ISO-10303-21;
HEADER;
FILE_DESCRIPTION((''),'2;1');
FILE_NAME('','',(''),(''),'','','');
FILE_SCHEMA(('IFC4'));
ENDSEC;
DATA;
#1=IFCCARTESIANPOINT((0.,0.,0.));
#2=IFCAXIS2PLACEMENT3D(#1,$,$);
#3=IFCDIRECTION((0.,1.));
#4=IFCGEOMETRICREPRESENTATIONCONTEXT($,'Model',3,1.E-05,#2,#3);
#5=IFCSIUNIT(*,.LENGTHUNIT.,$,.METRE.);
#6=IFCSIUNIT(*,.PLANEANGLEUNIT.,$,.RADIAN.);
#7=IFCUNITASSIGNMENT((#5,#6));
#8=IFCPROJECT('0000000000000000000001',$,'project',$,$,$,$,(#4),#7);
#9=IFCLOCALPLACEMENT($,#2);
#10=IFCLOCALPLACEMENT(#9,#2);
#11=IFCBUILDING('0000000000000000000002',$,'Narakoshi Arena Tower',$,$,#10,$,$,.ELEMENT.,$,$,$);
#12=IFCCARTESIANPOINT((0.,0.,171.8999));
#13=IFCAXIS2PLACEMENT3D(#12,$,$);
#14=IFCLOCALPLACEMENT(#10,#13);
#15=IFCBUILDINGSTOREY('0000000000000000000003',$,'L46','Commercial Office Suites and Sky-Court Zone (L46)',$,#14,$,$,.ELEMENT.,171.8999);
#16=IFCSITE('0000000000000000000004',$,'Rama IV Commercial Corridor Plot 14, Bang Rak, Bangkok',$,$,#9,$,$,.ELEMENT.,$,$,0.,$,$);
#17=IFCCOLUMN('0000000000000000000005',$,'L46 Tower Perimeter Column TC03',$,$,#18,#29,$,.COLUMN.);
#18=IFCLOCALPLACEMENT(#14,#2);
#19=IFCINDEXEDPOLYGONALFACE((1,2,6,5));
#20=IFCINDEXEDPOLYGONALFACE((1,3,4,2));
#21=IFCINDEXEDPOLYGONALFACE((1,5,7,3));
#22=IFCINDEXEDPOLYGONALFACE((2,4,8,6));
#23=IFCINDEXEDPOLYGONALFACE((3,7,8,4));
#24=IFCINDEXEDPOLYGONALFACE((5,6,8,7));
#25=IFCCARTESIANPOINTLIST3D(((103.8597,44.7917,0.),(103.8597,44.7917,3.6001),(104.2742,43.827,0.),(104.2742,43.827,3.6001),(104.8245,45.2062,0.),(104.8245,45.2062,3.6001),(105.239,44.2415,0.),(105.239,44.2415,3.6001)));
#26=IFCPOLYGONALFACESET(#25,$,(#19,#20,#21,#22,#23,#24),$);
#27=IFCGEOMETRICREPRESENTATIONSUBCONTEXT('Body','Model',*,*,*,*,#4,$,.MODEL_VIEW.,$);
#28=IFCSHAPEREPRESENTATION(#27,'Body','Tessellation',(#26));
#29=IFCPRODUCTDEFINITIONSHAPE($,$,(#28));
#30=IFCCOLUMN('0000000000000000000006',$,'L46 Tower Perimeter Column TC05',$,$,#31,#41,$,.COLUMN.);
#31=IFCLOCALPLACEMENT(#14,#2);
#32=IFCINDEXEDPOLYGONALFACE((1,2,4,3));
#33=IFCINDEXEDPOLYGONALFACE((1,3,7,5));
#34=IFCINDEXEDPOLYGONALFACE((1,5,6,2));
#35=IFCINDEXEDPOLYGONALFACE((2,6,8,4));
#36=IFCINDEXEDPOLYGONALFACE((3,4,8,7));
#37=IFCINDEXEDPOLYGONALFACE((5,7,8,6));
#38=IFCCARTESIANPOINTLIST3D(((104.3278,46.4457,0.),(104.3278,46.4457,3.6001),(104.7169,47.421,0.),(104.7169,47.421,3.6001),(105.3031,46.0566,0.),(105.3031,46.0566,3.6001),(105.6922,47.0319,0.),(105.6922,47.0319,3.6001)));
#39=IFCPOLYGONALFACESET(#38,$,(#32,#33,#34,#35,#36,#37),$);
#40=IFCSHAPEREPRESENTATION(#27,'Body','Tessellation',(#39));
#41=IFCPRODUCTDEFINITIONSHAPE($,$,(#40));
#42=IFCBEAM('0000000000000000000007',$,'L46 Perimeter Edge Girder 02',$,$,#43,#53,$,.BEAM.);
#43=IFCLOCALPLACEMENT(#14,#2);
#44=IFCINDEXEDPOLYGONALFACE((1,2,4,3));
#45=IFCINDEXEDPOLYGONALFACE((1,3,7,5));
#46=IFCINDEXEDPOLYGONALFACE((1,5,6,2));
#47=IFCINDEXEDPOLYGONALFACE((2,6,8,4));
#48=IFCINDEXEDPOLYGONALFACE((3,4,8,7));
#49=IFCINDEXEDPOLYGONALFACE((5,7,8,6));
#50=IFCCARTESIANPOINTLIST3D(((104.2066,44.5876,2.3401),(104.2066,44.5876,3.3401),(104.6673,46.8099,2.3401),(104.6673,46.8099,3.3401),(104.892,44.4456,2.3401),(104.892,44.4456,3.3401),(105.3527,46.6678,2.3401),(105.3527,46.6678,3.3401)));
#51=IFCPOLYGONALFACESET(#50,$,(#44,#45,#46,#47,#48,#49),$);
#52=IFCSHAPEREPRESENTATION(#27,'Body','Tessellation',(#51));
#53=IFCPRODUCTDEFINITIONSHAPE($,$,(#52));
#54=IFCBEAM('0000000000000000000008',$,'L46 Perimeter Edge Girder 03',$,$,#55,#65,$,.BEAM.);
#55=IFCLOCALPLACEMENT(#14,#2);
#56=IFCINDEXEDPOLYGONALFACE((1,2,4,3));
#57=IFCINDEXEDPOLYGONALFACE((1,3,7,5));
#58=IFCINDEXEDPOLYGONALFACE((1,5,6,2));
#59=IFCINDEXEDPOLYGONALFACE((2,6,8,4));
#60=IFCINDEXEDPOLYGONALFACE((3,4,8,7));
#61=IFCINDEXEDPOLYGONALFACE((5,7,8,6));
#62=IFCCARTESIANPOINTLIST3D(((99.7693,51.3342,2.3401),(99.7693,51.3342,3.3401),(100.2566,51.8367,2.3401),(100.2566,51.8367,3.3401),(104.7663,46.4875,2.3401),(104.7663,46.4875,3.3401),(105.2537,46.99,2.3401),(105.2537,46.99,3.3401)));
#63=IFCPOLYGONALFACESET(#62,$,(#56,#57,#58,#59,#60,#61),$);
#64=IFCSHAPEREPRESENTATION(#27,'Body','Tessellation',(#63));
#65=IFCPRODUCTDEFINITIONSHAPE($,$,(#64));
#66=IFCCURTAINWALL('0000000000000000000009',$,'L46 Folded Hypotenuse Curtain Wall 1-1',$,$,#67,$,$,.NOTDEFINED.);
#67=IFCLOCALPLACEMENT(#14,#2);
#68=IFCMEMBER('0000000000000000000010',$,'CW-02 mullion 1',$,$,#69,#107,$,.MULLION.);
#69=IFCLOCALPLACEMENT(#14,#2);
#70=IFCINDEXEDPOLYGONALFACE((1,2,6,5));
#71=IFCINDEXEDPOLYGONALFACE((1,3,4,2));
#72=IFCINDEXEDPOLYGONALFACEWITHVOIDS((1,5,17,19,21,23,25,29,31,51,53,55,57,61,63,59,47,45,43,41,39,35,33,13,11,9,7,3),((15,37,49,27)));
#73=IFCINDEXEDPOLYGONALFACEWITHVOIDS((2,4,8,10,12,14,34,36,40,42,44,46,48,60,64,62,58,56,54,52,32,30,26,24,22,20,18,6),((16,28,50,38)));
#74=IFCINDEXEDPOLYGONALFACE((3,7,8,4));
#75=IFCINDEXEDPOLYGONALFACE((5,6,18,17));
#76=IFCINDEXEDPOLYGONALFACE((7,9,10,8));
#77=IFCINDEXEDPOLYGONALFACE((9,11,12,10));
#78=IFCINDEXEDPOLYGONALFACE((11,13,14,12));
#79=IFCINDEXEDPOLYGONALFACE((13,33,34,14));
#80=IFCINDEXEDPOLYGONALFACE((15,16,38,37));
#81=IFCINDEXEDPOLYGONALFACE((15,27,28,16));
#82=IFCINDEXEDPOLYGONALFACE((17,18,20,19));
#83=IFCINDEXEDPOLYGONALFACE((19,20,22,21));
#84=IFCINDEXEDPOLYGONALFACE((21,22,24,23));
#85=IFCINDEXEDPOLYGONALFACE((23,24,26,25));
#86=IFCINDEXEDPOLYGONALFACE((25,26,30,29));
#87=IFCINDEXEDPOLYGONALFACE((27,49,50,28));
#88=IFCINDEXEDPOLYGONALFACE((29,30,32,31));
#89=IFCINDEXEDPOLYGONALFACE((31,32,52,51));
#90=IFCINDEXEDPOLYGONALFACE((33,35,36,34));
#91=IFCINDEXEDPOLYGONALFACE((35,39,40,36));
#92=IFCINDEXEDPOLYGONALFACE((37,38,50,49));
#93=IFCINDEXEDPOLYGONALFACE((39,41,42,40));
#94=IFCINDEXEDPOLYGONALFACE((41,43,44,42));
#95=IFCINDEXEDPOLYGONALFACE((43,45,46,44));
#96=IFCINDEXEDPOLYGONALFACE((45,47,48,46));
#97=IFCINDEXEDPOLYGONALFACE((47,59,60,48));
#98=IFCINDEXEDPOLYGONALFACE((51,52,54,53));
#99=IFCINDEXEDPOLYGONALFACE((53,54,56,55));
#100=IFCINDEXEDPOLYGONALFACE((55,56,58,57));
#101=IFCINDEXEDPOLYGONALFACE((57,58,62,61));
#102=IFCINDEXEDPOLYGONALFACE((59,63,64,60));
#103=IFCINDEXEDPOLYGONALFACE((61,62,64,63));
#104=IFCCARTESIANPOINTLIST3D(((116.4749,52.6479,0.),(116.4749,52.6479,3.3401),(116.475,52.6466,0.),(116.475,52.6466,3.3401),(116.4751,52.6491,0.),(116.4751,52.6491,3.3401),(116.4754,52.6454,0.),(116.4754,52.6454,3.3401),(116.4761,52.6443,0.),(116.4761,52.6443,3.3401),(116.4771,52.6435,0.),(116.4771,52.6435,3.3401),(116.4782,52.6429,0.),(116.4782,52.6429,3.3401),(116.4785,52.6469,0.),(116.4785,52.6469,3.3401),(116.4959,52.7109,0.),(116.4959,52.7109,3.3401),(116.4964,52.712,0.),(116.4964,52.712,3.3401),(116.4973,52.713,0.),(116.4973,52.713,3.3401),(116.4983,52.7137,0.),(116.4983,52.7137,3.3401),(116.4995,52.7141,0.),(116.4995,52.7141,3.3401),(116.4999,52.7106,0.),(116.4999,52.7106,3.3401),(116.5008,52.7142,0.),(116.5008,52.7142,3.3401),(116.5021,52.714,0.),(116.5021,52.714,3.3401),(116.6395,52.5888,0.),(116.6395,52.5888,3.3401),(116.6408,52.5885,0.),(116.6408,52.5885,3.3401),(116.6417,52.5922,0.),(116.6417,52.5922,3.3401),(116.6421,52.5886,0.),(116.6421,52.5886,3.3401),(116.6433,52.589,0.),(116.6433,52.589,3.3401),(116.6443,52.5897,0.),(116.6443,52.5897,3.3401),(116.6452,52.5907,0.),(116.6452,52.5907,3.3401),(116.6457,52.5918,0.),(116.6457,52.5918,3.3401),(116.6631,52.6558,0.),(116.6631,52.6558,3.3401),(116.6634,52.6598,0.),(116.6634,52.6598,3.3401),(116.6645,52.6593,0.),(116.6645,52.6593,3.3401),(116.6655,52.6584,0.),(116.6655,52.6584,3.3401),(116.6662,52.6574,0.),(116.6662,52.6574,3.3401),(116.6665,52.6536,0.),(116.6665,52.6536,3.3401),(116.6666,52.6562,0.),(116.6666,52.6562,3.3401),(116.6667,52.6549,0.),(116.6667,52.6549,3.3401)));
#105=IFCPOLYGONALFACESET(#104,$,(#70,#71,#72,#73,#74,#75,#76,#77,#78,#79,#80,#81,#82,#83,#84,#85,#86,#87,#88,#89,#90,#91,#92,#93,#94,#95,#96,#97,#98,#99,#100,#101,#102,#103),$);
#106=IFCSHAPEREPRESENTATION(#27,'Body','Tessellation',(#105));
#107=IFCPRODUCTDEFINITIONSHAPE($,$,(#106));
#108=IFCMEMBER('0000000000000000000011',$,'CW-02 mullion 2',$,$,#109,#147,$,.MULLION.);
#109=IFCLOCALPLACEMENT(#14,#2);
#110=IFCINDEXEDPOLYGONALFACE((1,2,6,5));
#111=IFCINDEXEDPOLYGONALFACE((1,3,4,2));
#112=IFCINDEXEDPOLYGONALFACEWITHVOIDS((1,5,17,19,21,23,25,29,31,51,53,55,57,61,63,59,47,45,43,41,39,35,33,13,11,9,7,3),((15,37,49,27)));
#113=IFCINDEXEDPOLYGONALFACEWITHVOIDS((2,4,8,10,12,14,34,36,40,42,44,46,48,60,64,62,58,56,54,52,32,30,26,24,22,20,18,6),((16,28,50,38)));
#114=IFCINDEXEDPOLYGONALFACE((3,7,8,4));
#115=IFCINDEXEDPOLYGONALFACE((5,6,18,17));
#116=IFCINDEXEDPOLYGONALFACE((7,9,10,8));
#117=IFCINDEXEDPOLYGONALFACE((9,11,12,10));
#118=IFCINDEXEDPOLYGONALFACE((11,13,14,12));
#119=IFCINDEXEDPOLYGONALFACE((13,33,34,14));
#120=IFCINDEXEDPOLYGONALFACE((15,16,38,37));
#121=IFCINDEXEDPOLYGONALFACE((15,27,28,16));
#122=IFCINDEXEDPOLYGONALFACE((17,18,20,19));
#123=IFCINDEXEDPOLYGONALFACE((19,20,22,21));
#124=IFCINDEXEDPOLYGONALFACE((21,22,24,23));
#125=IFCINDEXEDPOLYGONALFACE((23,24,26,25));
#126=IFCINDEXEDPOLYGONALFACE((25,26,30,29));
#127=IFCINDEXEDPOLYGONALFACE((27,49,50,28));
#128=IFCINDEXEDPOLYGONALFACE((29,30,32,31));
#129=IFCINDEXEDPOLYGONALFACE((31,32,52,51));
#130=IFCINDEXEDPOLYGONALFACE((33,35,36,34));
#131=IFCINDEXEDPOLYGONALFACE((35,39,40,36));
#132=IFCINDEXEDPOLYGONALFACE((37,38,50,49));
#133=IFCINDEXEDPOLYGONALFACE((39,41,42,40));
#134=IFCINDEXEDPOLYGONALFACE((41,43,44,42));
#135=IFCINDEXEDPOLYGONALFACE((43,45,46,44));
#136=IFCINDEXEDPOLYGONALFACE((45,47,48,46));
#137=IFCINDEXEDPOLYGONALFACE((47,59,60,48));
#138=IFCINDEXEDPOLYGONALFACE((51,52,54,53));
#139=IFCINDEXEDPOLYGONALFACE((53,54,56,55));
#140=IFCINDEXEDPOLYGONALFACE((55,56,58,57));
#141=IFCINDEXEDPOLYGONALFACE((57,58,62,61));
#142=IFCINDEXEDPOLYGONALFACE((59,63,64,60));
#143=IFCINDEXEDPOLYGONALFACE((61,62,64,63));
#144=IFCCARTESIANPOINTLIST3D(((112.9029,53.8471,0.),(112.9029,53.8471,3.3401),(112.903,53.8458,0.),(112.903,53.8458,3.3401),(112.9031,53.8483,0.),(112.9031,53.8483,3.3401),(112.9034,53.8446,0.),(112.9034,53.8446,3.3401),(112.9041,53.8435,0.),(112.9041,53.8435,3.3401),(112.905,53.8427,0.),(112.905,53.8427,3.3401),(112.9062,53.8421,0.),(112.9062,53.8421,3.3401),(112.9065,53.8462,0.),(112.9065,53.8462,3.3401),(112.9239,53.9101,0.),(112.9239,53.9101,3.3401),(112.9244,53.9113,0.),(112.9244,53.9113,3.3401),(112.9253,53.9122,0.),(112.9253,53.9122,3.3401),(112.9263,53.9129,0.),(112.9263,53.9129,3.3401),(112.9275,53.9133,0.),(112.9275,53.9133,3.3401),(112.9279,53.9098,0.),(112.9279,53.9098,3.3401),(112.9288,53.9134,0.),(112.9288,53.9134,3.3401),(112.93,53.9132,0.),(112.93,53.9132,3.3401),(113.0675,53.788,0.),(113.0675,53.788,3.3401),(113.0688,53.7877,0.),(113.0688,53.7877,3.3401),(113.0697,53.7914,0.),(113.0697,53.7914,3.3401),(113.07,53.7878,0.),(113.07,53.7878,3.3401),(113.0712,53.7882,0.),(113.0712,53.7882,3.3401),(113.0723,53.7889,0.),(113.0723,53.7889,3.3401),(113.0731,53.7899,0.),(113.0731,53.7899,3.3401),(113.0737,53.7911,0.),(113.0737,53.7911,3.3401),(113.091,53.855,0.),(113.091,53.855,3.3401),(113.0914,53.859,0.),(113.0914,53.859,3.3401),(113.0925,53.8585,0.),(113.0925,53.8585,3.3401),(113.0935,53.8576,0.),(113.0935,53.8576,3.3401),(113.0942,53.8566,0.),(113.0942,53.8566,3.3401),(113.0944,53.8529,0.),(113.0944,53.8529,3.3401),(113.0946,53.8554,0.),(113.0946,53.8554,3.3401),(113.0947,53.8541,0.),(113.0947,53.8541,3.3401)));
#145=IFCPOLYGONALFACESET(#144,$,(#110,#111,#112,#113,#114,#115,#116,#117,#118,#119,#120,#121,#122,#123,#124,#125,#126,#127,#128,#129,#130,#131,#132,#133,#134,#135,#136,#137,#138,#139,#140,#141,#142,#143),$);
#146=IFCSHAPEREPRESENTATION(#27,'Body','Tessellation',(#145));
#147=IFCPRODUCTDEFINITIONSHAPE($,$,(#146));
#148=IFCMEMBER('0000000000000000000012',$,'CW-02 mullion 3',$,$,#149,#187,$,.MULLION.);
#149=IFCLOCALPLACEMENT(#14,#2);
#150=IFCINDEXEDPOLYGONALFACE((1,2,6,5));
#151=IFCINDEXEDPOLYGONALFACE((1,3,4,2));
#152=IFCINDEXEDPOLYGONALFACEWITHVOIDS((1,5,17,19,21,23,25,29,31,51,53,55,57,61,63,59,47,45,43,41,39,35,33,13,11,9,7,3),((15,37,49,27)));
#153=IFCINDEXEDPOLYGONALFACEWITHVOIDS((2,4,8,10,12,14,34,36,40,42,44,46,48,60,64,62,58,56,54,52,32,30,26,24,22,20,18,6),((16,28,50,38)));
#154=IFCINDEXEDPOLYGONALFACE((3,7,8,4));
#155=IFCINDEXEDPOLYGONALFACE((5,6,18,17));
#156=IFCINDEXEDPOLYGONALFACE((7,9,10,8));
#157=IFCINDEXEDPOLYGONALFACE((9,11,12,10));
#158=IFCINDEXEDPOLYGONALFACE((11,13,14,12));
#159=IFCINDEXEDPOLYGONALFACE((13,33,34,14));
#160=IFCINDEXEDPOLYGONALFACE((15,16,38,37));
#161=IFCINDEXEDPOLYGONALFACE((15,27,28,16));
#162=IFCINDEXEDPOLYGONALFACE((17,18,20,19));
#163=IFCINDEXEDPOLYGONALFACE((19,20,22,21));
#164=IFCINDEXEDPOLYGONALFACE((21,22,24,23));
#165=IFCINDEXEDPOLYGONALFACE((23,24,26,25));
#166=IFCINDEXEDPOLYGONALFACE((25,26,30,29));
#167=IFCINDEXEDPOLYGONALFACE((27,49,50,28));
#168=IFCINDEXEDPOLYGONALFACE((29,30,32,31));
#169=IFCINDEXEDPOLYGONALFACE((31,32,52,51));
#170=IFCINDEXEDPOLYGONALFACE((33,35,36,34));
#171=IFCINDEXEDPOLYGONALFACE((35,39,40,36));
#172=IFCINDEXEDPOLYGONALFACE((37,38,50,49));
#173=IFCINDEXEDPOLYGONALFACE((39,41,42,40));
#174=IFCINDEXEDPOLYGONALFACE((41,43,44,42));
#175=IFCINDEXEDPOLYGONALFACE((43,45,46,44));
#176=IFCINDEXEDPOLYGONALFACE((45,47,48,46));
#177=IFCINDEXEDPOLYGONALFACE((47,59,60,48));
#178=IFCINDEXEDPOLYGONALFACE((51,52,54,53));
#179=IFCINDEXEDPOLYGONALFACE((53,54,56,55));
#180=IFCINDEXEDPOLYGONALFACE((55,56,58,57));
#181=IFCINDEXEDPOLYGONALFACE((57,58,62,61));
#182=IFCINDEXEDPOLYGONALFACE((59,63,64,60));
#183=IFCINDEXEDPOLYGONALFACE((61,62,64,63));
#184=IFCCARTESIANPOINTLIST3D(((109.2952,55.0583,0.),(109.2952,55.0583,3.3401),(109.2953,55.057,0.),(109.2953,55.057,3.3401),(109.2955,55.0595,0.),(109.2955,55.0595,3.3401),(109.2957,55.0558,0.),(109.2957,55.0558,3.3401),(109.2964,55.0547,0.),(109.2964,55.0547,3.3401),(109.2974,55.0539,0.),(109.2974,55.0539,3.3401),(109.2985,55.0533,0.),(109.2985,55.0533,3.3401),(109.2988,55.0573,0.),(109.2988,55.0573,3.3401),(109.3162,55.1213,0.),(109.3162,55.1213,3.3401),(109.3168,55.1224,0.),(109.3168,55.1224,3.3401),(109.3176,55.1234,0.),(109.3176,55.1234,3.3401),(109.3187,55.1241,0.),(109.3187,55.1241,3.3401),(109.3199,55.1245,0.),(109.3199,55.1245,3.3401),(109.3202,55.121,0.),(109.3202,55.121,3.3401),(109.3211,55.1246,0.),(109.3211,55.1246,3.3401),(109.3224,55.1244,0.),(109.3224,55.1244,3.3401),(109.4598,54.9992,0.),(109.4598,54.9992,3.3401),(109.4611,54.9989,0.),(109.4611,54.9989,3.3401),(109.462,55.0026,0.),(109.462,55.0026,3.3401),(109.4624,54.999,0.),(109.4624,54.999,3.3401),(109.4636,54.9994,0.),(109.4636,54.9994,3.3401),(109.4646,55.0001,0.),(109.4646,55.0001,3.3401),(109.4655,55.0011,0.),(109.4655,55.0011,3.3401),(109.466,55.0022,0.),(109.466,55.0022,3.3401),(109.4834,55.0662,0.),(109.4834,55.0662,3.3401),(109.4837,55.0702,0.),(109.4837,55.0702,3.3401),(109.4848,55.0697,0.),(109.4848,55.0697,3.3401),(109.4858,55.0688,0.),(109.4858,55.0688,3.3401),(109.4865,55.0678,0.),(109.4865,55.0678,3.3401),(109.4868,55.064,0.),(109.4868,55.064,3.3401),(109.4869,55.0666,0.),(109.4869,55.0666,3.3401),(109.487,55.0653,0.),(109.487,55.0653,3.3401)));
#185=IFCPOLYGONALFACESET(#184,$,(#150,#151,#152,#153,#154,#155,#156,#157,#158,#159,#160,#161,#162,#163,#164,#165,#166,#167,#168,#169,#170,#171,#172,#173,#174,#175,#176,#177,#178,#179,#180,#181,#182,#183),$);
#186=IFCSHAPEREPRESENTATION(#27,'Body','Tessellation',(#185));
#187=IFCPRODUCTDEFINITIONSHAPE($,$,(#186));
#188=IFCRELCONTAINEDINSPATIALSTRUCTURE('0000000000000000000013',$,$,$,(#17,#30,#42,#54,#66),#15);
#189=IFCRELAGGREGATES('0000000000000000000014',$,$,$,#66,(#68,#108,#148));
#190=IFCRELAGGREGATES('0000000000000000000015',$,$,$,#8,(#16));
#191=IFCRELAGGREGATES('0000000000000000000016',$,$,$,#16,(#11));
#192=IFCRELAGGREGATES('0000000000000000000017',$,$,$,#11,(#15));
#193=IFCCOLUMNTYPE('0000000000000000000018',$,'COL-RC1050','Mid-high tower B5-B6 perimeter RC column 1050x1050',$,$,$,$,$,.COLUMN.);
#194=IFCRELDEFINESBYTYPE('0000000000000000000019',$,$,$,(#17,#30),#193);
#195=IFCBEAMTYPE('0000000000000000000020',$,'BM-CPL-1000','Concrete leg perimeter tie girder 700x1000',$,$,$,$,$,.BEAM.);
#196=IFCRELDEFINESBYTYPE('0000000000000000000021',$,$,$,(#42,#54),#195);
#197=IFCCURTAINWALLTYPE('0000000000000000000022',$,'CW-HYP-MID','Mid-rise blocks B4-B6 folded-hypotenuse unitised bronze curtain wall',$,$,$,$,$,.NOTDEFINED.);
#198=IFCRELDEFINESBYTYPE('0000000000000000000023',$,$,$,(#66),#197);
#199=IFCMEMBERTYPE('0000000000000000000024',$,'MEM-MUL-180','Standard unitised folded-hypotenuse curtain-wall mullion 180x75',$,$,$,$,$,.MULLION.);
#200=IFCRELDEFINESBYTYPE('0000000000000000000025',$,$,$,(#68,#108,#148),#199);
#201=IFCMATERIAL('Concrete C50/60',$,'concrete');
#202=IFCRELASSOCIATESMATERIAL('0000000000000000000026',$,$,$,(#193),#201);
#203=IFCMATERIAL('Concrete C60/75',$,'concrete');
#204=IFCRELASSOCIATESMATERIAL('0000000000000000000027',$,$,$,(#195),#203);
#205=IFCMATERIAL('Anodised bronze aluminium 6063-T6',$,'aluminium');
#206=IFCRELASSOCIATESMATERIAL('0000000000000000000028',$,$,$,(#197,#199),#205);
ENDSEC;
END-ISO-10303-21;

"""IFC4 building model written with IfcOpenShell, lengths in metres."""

from ifc_helpers import new_model, si_unit, direction, frame, origin, origin_2d, place, context, subcontext, project, spatial, rectangle, hollow_rectangle, extrude, material, material_profile, profile_set, type_object, element, aggregate, save


model = new_model("IFC4")

# Units and contexts
model_context = context("Model", 3, precision=1e-05, world=origin(), true_north=direction((0.0, 1.0)))
body_context = subcontext(model_context, "Body", "Model", "MODEL_VIEW")
ifc_project = project(units=[si_unit("LENGTHUNIT", "METRE"), si_unit("PLANEANGLEUNIT", "RADIAN")], contexts=[model_context])

# Site, building, storey
site_placement = place(None, origin())
site = spatial("IfcSite", under=ifc_project, at=site_placement, Name="Rama IV Commercial Corridor Plot 14, Bang Rak, Bangkok", CompositionType="ELEMENT", RefElevation=0.0)
building_placement = place(site_placement, origin())
building = spatial("IfcBuilding", under=site, at=building_placement, Name="Narakoshi Arena Tower", CompositionType="ELEMENT")
storey_placement = place(building_placement, frame((0.0, 0.0, 171.8999)))
storey = spatial("IfcBuildingStorey", under=building, at=storey_placement, Name="L46", Description="Commercial Office Suites and Sky-Court Zone (L46)", CompositionType="ELEMENT", Elevation=171.8999)

# Columns
ifc_material_1 = material(Name="Concrete C50/60", Category="concrete")
ifc_material_profile_1 = material_profile(ifc_material_1, rectangle(XDim=1.05, YDim=1.05, at=origin_2d()), Name="RC1050x1050")
ifc_profile_set_1 = profile_set([ifc_material_profile_1], Name="Concrete C50/60")
column_type = type_object("IfcColumnType", Name="COL-RC1050", Description="Mid-high tower B5-B6 perimeter RC column 1050x1050", PredefinedType="COLUMN", material=ifc_profile_set_1)
for number, where, z_axis, x_axis, name in (
    (1, (104.5493, 44.5166, 0.0), (0.0, 0.0, 1.0), (0.918791, 0.394744, 0.0), "L46 Tower Perimeter Column TC03"),
    (2, (105.01, 46.7388, 0.0), (0.0, 0.0, 1.0), (0.370557, 0.92881, 0.0), "L46 Tower Perimeter Column TC05"),
):
    element("IfcColumn", number, at=place(storey_placement, frame(where, z_axis=z_axis, x_axis=x_axis)), inside=storey, type_object=column_type, Name=name, PredefinedType="COLUMN", context=body_context, shape_type="SweptSolid", body=[
        extrude(rectangle(XDim=1.05, YDim=1.05, at=origin_2d()), origin(), (0.0, 0.0, 1.0), 3.6001),
    ])

# Beams
ifc_material_2 = material(Name="Concrete C60/75", Category="concrete")
ifc_material_profile_2 = material_profile(ifc_material_2, rectangle(XDim=0.7, YDim=1.0, at=origin_2d()), Name="RCB700x1000")
ifc_profile_set_2 = profile_set([ifc_material_profile_2], Name="Concrete C60/75")
beam_type = type_object("IfcBeamType", Name="BM-CPL-1000", Description="Concrete leg perimeter tie girder 700x1000", PredefinedType="BEAM", material=ifc_profile_set_2)
beam_1_placement = place(storey_placement, frame((104.5493, 44.5166, 2.8401), z_axis=(0.203, 0.979179, 0.0), x_axis=(-0.979179, 0.203, 0.0)))
element("IfcBeam", 3, at=beam_1_placement, inside=storey, type_object=beam_type, Name="L46 Perimeter Edge Girder 02", PredefinedType="BEAM", context=body_context, shape_type="SweptSolid", body=[
    extrude(rectangle(XDim=0.7, YDim=1.0, at=origin_2d()), origin(), (0.0, 0.0, 1.0), 2.2695),
])
beam_2_placement = place(storey_placement, frame((105.01, 46.7388, 2.8401), z_axis=(-0.717826, 0.696223, 0.0), x_axis=(-0.696223, -0.717826, 0.0)))
element("IfcBeam", 4, at=beam_2_placement, inside=storey, type_object=beam_type, Name="L46 Perimeter Edge Girder 03", PredefinedType="BEAM", context=body_context, shape_type="SweptSolid", body=[
    extrude(rectangle(XDim=0.7, YDim=1.0, at=origin_2d()), origin(), (0.0, 0.0, 1.0), 6.9614),
])

# Curtain wall, members
ifc_material_3 = material(Name="Anodised bronze aluminium 6063-T6", Category="aluminium")
curtain_wall_type = type_object("IfcCurtainWallType", Name="CW-HYP-MID", Description="Mid-rise blocks B4-B6 folded-hypotenuse unitised bronze curtain wall", PredefinedType="NOTDEFINED", material=ifc_material_3)
curtain_wall_placement = place(storey_placement, origin())
curtain_wall = element("IfcCurtainWall", 5, at=curtain_wall_placement, inside=storey, type_object=curtain_wall_type, Name="L46 Folded Hypotenuse Curtain Wall 1-1", PredefinedType="NOTDEFINED")
ifc_material_profile_3 = material_profile(ifc_material_3, hollow_rectangle(XDim=0.075, YDim=0.1799, WallThickness=0.0039, OuterFilletRadius=0.0049, at=origin_2d()), Name="MUL180x75x4")
ifc_profile_set_3 = profile_set([ifc_material_profile_3], Name="Anodised bronze aluminium 6063-T6")
member_type_1 = type_object("IfcMemberType", Name="MEM-MUL-180", Description="Standard unitised folded-hypotenuse curtain-wall mullion 180x75", PredefinedType="MULLION", material=ifc_profile_set_3)
member_1_placement = place(storey_placement, frame((116.5708, 52.6514, 0.0), z_axis=(0.0, 0.0, 1.0), x_axis=(-0.318261, -0.948003, 0.0)))
member_1 = element("IfcMember", 6, at=member_1_placement, type_object=member_type_1, Name="CW-02 mullion 1", PredefinedType="MULLION", context=body_context, shape_type="SweptSolid", body=[
    extrude(hollow_rectangle(XDim=0.075, YDim=0.1799, WallThickness=0.0039, OuterFilletRadius=0.0049, at=origin_2d()), origin(), (0.0, 0.0, 1.0), 3.3401),
])
member_2_placement = place(storey_placement, frame((112.9988, 53.8506, 0.0), z_axis=(0.0, 0.0, 1.0), x_axis=(-0.318261, -0.948003, 0.0)))
member_2 = element("IfcMember", 7, at=member_2_placement, type_object=member_type_1, Name="CW-02 mullion 2", PredefinedType="MULLION", context=body_context, shape_type="SweptSolid", body=[
    extrude(hollow_rectangle(XDim=0.075, YDim=0.1799, WallThickness=0.0039, OuterFilletRadius=0.0049, at=origin_2d()), origin(), (0.0, 0.0, 1.0), 3.3401),
])
member_3_placement = place(storey_placement, frame((109.3911, 55.0618, 0.0), z_axis=(0.0, 0.0, 1.0), x_axis=(-0.318261, -0.948003, 0.0)))
member_3 = element("IfcMember", 8, at=member_3_placement, type_object=member_type_1, Name="CW-02 mullion 3", PredefinedType="MULLION", context=body_context, shape_type="SweptSolid", body=[
    extrude(hollow_rectangle(XDim=0.075, YDim=0.1799, WallThickness=0.0039, OuterFilletRadius=0.0049, at=origin_2d()), origin(), (0.0, 0.0, 1.0), 3.3401),
])
aggregate(curtain_wall, [member_1, member_2, member_3])

save(model, "model.ifc")
